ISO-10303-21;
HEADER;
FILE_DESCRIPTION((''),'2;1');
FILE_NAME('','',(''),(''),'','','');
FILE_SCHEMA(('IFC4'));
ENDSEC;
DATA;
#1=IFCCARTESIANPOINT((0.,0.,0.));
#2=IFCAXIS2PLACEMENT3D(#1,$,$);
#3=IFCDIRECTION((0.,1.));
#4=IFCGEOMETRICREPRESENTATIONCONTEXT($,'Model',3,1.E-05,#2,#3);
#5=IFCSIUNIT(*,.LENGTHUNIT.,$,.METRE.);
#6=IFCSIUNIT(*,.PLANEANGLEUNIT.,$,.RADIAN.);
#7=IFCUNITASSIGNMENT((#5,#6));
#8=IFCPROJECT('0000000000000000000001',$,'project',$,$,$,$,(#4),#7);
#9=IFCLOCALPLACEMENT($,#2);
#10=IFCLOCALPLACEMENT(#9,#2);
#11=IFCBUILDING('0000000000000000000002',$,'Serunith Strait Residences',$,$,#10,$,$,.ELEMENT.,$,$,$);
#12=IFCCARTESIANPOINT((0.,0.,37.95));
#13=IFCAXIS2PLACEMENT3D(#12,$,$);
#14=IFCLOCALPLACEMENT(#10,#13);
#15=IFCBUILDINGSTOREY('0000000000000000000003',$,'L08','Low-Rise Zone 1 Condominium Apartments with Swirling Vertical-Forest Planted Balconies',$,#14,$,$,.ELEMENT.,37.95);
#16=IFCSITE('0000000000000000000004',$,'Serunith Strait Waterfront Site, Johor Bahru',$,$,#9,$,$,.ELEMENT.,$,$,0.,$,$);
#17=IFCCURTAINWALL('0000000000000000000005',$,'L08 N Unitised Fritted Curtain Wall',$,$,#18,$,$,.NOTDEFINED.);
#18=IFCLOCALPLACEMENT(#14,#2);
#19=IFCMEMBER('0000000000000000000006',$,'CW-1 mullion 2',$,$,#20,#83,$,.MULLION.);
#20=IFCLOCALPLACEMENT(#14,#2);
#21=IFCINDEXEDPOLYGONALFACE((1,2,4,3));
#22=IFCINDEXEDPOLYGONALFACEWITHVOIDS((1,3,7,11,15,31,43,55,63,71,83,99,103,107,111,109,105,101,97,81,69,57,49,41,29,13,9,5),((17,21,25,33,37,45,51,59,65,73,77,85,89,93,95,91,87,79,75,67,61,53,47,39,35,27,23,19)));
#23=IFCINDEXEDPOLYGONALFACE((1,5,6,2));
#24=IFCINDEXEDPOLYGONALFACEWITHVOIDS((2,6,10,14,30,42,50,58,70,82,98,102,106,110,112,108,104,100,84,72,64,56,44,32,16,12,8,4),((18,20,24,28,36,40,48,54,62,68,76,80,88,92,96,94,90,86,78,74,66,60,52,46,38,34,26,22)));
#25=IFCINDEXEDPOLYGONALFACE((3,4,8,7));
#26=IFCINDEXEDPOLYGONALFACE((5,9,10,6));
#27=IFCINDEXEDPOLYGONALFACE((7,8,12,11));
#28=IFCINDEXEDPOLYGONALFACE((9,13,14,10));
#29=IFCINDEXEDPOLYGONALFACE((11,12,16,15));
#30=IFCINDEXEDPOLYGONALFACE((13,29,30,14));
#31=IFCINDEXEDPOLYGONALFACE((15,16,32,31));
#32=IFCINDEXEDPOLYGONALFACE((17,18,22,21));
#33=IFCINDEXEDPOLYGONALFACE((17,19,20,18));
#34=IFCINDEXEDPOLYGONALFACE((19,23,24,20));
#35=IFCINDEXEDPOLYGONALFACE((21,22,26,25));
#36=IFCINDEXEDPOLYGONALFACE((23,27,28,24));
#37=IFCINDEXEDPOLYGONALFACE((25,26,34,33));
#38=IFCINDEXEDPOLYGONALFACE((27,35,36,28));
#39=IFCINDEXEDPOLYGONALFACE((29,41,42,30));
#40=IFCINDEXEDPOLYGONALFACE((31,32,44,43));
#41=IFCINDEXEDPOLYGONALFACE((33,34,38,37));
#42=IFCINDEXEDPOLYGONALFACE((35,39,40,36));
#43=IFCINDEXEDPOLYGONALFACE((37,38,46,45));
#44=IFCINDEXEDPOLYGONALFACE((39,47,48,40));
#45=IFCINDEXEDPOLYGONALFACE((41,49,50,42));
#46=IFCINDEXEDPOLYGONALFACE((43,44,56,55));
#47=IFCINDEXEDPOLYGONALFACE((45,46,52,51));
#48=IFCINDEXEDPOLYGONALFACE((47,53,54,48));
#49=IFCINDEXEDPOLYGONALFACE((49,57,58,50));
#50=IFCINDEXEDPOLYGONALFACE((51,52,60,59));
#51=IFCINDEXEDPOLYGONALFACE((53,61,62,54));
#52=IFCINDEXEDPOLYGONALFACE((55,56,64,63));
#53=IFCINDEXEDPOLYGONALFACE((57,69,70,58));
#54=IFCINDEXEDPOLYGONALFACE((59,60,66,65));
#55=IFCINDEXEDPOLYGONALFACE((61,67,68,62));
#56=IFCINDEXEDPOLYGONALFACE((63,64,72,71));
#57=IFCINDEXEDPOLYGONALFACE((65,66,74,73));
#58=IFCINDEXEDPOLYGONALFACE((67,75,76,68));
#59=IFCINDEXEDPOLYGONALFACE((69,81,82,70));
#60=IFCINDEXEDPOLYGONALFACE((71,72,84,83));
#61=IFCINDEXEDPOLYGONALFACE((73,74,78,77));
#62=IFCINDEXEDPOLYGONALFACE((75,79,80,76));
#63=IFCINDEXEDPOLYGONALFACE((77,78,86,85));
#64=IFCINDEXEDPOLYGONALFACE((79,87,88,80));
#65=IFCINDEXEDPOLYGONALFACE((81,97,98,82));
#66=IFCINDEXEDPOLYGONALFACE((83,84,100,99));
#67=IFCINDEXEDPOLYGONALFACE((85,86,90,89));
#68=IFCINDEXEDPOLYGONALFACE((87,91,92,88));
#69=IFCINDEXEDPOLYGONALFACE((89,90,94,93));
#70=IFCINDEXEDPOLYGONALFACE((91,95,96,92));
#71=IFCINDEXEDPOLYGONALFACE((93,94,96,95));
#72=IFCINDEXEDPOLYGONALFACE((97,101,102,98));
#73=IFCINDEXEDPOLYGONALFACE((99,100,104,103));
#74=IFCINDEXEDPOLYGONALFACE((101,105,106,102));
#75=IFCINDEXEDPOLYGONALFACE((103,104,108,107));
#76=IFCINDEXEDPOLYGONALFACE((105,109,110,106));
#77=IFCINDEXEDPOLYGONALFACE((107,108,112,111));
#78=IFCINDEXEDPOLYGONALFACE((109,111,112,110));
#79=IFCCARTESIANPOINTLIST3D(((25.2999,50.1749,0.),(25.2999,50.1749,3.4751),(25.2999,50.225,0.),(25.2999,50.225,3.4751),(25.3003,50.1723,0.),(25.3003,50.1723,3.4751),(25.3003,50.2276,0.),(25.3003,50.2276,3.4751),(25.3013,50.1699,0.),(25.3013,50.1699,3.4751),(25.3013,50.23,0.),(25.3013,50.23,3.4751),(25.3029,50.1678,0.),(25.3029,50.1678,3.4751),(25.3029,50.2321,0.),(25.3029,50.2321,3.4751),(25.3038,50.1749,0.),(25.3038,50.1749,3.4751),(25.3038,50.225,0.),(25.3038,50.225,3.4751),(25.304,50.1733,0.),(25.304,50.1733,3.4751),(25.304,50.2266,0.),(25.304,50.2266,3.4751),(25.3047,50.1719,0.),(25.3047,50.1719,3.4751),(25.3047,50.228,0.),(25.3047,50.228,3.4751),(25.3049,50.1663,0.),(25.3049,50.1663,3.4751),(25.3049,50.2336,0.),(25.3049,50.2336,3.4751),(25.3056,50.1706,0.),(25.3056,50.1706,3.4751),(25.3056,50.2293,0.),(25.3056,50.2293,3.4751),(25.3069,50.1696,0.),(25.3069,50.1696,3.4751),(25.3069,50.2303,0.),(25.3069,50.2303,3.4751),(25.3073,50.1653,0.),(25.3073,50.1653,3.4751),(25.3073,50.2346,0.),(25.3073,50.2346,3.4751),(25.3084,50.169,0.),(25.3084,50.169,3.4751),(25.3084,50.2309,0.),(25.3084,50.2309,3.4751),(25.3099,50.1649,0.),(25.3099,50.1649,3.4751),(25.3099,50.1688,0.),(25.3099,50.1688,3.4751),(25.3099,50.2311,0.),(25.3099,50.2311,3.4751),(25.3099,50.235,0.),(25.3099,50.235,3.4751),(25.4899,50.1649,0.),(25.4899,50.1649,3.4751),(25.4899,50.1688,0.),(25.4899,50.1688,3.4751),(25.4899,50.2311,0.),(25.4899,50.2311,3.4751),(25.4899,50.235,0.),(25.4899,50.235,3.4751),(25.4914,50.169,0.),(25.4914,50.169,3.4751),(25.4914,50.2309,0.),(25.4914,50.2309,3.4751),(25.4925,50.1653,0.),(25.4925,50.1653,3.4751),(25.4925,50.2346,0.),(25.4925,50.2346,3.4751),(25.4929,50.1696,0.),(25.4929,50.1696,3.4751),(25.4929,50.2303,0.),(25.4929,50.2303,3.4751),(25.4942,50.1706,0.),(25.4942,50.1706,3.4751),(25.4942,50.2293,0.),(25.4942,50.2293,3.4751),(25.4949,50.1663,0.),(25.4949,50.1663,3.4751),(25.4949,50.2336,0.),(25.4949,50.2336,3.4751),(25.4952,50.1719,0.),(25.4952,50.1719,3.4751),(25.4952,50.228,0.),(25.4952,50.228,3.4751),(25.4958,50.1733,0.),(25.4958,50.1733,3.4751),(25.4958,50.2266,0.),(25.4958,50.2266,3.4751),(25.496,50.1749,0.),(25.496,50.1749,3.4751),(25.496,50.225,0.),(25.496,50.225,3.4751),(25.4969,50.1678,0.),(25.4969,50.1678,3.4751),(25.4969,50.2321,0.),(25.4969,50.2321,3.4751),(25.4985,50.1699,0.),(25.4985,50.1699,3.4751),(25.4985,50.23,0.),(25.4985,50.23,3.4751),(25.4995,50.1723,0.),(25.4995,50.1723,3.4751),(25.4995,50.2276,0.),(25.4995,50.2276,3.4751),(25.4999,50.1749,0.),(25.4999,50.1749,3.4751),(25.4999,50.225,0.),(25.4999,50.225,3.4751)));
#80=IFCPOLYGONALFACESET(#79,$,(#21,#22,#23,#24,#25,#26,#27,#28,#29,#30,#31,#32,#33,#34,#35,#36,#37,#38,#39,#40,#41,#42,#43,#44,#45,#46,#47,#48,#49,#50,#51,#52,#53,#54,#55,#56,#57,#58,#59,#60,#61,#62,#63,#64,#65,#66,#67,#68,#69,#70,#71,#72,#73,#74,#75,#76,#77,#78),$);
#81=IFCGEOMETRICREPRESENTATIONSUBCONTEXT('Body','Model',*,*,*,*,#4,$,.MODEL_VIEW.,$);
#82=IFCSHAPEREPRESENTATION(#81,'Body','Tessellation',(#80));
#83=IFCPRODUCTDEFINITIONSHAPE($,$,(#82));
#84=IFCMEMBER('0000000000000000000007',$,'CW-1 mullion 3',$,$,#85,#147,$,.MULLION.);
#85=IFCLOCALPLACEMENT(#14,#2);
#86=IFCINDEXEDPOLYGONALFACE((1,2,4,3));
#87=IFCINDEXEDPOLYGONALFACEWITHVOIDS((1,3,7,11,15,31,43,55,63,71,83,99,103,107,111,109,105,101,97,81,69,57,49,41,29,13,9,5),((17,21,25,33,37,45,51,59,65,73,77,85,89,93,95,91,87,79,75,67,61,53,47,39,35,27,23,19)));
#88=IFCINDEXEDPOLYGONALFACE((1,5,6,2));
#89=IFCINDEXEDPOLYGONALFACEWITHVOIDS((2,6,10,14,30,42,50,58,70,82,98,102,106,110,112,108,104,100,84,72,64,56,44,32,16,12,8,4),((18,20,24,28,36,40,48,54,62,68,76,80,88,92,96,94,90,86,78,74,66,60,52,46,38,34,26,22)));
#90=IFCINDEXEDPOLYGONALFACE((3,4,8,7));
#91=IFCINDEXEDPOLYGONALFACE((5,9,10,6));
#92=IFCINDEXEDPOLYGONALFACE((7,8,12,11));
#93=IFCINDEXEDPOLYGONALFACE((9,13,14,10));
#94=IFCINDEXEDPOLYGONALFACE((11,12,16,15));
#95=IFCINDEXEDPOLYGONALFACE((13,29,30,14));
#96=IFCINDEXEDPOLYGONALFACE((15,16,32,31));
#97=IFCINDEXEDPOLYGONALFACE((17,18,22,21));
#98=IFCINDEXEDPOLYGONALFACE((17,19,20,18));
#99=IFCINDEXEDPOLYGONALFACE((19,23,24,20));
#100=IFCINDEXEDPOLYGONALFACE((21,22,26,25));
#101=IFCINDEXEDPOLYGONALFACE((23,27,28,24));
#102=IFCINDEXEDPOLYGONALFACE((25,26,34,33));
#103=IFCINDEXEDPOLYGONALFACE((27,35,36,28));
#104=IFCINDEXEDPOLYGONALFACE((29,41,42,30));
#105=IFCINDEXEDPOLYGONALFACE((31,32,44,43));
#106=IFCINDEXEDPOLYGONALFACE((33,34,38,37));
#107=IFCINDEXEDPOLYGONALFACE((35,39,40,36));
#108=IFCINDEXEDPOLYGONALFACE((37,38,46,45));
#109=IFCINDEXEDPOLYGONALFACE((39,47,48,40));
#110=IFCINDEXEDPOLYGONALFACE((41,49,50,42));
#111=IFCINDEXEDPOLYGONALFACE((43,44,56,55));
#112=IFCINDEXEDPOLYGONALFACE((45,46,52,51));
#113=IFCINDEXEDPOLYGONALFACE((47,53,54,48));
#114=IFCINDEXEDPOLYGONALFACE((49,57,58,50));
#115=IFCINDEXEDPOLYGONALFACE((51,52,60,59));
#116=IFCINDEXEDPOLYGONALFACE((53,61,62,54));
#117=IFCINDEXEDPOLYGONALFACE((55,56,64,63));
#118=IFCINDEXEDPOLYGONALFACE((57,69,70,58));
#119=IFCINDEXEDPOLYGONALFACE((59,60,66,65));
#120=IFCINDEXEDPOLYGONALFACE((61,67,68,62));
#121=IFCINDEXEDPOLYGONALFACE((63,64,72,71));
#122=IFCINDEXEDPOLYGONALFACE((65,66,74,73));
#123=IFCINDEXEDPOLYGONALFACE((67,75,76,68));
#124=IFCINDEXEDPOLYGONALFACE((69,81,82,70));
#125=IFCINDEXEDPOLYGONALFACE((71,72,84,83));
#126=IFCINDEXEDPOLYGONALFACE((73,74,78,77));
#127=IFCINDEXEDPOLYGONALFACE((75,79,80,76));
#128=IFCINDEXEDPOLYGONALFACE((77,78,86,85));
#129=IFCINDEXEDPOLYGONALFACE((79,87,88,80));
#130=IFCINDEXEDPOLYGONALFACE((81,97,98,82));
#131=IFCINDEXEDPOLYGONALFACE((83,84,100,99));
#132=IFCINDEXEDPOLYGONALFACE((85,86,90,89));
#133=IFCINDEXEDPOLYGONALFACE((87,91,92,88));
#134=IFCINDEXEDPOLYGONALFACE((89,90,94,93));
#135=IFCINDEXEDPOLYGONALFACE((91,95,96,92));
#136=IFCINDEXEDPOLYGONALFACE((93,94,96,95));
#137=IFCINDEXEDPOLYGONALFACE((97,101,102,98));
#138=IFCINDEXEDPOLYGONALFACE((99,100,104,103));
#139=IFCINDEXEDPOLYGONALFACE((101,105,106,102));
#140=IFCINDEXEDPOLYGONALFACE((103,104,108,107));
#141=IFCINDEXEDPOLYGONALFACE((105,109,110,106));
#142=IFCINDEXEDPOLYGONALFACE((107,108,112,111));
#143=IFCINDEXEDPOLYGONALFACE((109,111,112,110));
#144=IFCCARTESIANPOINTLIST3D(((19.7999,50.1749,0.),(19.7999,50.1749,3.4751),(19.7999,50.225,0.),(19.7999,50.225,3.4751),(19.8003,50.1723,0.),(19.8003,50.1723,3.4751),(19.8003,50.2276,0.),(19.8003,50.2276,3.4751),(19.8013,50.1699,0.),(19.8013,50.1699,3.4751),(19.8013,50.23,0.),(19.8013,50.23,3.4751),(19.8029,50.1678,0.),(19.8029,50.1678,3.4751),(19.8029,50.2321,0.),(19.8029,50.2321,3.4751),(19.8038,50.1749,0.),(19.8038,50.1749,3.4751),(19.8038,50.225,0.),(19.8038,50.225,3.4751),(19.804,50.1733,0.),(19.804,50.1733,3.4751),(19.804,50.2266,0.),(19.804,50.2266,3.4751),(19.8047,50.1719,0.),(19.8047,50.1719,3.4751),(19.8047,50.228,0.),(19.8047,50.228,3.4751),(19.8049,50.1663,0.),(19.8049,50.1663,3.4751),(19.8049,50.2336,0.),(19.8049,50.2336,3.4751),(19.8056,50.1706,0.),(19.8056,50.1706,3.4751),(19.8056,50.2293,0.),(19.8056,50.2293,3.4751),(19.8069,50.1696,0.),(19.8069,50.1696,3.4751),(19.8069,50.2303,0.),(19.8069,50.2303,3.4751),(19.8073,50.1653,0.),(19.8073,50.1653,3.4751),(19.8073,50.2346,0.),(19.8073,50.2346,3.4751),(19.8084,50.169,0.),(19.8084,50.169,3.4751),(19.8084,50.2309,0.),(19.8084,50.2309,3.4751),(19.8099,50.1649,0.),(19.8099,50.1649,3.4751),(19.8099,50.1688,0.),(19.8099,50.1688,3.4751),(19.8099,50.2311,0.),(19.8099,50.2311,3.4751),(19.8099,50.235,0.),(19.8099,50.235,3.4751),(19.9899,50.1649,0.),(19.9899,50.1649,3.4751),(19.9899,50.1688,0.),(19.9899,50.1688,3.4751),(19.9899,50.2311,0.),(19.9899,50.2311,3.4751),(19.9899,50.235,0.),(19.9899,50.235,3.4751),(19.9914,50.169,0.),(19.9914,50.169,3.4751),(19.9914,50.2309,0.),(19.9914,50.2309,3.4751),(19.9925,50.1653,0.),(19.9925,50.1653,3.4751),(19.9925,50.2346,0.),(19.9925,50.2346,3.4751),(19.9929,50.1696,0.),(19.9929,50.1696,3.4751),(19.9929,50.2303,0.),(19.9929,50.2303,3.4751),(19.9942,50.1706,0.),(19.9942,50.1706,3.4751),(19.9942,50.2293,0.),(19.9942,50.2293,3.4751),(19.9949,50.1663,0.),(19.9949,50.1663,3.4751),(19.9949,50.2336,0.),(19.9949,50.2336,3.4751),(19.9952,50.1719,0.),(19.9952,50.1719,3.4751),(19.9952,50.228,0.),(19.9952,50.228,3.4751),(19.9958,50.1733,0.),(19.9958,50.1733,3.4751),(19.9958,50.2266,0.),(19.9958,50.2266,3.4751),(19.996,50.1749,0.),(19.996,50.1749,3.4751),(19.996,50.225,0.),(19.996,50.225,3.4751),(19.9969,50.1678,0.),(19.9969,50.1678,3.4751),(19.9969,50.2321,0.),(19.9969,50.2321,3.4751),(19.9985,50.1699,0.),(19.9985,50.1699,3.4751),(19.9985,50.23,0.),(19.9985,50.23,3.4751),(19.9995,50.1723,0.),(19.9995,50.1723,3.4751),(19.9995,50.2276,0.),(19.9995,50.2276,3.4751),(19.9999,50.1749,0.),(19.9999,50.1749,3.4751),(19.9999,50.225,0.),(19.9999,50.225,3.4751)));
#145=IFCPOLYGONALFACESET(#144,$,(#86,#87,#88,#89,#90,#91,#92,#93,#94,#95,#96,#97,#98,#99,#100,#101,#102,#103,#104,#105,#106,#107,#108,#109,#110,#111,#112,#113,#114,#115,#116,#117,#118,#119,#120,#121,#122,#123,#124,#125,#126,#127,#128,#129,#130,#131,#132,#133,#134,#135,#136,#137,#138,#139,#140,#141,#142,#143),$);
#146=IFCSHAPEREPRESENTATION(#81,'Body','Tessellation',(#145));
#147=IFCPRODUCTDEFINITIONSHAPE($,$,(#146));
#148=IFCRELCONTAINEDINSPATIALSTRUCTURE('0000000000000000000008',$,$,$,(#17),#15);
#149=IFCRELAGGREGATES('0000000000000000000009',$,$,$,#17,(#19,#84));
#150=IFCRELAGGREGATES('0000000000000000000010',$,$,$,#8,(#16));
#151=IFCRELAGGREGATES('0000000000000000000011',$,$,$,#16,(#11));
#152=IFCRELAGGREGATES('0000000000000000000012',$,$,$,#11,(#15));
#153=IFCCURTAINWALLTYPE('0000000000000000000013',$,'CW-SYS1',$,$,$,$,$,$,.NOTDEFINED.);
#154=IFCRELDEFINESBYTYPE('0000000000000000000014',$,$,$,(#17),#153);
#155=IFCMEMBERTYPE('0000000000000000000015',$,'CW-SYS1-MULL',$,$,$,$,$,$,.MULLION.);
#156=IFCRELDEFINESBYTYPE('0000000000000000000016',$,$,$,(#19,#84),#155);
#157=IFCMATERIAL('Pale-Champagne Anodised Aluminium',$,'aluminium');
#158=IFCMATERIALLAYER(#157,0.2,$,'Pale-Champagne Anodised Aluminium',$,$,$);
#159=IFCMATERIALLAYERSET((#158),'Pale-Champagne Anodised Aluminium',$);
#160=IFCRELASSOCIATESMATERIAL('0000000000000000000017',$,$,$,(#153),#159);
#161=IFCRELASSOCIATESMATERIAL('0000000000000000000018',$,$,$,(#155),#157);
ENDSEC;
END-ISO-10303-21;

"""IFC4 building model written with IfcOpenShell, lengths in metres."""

from ifc_helpers import new_model, si_unit, direction, frame, origin, origin_2d, place, context, subcontext, project, spatial, hollow_rectangle, extrude, source, transform, mapped, material, layer, layer_set, material_profile, profile_set, type_object, element, aggregate, save


model = new_model("IFC4")

# Units and contexts
model_context = context("Model", 3, precision=1e-05, world=origin(), true_north=direction((0.0, 1.0)))
body_context = subcontext(model_context, "Body", "Model", "MODEL_VIEW")
ifc_project = project(units=[si_unit("LENGTHUNIT", "METRE"), si_unit("PLANEANGLEUNIT", "RADIAN")], contexts=[model_context])

# Site, building, storey
site_placement = place(None, origin())
site = spatial("IfcSite", under=ifc_project, at=site_placement, Name="Serunith Strait Waterfront Site, Johor Bahru", CompositionType="ELEMENT", RefElevation=0.0)
building_placement = place(site_placement, origin())
building = spatial("IfcBuilding", under=site, at=building_placement, Name="Serunith Strait Residences", CompositionType="ELEMENT")
storey_placement = place(building_placement, frame((0.0, 0.0, 37.95)))
storey = spatial("IfcBuildingStorey", under=building, at=storey_placement, Name="L08", Description="Low-Rise Zone 1 Condominium Apartments with Swirling Vertical-Forest Planted Balconies", CompositionType="ELEMENT", Elevation=37.95)

# Curtain wall, members
ifc_material_1 = material(Name="Pale-Champagne Anodised Aluminium", Category="aluminium")
ifc_layer_1 = layer(ifc_material_1, 0.2, Name="Pale-Champagne Anodised Aluminium")
ifc_layer_set_1 = layer_set([ifc_layer_1], Name="Pale-Champagne Anodised Aluminium")
curtain_wall_type = type_object("IfcCurtainWallType", Name="CW-SYS1", PredefinedType="NOTDEFINED", material=ifc_layer_set_1)
curtain_wall_placement = place(storey_placement, origin())
curtain_wall = element("IfcCurtainWall", 1, at=curtain_wall_placement, inside=storey, type_object=curtain_wall_type, Name="L08 N Unitised Fritted Curtain Wall", PredefinedType="NOTDEFINED")
ifc_material_profile_1 = material_profile(ifc_material_1, hollow_rectangle(XDim=0.0701, YDim=0.2, WallThickness=0.0039, InnerFilletRadius=0.0061, OuterFilletRadius=0.01, at=origin_2d()), Name="ALU 200x70x4")
ifc_profile_set_1 = profile_set([ifc_material_profile_1], Name="Pale-Champagne Anodised Aluminium")
member_type_1 = type_object("IfcMemberType", Name="CW-SYS1-MULL", PredefinedType="MULLION", material=ifc_profile_set_1)
shared_shape_1 = source(origin(), body_context, "Body", "SweptSolid", [
    extrude(hollow_rectangle(XDim=0.0701, YDim=0.2, WallThickness=0.0039, InnerFilletRadius=0.0061, OuterFilletRadius=0.01, at=origin_2d()), origin(), (0.0, 0.0, 1.0), 3.4751),
])
member_1_placement = place(storey_placement, frame((25.3999, 50.2, 0.0), z_axis=(0.0, 0.0, 1.0), x_axis=(0.0, -1.0, 0.0)))
member_1 = element("IfcMember", 2, at=member_1_placement, type_object=member_type_1, Name="CW-1 mullion 2", PredefinedType="MULLION", context=body_context, shape_type="MappedRepresentation", body=[
    mapped(shared_shape_1, transform((0.0, 0.0, 0.0), scale=1.0)),
])
member_2_placement = place(storey_placement, frame((19.8999, 50.2, 0.0), z_axis=(0.0, 0.0, 1.0), x_axis=(0.0, -1.0, 0.0)))
member_2 = element("IfcMember", 3, at=member_2_placement, type_object=member_type_1, Name="CW-1 mullion 3", PredefinedType="MULLION", context=body_context, shape_type="MappedRepresentation", body=[
    mapped(shared_shape_1, transform((0.0, 0.0, 0.0), scale=1.0)),
])
aggregate(curtain_wall, [member_1, member_2])

save(model, "model.ifc")
